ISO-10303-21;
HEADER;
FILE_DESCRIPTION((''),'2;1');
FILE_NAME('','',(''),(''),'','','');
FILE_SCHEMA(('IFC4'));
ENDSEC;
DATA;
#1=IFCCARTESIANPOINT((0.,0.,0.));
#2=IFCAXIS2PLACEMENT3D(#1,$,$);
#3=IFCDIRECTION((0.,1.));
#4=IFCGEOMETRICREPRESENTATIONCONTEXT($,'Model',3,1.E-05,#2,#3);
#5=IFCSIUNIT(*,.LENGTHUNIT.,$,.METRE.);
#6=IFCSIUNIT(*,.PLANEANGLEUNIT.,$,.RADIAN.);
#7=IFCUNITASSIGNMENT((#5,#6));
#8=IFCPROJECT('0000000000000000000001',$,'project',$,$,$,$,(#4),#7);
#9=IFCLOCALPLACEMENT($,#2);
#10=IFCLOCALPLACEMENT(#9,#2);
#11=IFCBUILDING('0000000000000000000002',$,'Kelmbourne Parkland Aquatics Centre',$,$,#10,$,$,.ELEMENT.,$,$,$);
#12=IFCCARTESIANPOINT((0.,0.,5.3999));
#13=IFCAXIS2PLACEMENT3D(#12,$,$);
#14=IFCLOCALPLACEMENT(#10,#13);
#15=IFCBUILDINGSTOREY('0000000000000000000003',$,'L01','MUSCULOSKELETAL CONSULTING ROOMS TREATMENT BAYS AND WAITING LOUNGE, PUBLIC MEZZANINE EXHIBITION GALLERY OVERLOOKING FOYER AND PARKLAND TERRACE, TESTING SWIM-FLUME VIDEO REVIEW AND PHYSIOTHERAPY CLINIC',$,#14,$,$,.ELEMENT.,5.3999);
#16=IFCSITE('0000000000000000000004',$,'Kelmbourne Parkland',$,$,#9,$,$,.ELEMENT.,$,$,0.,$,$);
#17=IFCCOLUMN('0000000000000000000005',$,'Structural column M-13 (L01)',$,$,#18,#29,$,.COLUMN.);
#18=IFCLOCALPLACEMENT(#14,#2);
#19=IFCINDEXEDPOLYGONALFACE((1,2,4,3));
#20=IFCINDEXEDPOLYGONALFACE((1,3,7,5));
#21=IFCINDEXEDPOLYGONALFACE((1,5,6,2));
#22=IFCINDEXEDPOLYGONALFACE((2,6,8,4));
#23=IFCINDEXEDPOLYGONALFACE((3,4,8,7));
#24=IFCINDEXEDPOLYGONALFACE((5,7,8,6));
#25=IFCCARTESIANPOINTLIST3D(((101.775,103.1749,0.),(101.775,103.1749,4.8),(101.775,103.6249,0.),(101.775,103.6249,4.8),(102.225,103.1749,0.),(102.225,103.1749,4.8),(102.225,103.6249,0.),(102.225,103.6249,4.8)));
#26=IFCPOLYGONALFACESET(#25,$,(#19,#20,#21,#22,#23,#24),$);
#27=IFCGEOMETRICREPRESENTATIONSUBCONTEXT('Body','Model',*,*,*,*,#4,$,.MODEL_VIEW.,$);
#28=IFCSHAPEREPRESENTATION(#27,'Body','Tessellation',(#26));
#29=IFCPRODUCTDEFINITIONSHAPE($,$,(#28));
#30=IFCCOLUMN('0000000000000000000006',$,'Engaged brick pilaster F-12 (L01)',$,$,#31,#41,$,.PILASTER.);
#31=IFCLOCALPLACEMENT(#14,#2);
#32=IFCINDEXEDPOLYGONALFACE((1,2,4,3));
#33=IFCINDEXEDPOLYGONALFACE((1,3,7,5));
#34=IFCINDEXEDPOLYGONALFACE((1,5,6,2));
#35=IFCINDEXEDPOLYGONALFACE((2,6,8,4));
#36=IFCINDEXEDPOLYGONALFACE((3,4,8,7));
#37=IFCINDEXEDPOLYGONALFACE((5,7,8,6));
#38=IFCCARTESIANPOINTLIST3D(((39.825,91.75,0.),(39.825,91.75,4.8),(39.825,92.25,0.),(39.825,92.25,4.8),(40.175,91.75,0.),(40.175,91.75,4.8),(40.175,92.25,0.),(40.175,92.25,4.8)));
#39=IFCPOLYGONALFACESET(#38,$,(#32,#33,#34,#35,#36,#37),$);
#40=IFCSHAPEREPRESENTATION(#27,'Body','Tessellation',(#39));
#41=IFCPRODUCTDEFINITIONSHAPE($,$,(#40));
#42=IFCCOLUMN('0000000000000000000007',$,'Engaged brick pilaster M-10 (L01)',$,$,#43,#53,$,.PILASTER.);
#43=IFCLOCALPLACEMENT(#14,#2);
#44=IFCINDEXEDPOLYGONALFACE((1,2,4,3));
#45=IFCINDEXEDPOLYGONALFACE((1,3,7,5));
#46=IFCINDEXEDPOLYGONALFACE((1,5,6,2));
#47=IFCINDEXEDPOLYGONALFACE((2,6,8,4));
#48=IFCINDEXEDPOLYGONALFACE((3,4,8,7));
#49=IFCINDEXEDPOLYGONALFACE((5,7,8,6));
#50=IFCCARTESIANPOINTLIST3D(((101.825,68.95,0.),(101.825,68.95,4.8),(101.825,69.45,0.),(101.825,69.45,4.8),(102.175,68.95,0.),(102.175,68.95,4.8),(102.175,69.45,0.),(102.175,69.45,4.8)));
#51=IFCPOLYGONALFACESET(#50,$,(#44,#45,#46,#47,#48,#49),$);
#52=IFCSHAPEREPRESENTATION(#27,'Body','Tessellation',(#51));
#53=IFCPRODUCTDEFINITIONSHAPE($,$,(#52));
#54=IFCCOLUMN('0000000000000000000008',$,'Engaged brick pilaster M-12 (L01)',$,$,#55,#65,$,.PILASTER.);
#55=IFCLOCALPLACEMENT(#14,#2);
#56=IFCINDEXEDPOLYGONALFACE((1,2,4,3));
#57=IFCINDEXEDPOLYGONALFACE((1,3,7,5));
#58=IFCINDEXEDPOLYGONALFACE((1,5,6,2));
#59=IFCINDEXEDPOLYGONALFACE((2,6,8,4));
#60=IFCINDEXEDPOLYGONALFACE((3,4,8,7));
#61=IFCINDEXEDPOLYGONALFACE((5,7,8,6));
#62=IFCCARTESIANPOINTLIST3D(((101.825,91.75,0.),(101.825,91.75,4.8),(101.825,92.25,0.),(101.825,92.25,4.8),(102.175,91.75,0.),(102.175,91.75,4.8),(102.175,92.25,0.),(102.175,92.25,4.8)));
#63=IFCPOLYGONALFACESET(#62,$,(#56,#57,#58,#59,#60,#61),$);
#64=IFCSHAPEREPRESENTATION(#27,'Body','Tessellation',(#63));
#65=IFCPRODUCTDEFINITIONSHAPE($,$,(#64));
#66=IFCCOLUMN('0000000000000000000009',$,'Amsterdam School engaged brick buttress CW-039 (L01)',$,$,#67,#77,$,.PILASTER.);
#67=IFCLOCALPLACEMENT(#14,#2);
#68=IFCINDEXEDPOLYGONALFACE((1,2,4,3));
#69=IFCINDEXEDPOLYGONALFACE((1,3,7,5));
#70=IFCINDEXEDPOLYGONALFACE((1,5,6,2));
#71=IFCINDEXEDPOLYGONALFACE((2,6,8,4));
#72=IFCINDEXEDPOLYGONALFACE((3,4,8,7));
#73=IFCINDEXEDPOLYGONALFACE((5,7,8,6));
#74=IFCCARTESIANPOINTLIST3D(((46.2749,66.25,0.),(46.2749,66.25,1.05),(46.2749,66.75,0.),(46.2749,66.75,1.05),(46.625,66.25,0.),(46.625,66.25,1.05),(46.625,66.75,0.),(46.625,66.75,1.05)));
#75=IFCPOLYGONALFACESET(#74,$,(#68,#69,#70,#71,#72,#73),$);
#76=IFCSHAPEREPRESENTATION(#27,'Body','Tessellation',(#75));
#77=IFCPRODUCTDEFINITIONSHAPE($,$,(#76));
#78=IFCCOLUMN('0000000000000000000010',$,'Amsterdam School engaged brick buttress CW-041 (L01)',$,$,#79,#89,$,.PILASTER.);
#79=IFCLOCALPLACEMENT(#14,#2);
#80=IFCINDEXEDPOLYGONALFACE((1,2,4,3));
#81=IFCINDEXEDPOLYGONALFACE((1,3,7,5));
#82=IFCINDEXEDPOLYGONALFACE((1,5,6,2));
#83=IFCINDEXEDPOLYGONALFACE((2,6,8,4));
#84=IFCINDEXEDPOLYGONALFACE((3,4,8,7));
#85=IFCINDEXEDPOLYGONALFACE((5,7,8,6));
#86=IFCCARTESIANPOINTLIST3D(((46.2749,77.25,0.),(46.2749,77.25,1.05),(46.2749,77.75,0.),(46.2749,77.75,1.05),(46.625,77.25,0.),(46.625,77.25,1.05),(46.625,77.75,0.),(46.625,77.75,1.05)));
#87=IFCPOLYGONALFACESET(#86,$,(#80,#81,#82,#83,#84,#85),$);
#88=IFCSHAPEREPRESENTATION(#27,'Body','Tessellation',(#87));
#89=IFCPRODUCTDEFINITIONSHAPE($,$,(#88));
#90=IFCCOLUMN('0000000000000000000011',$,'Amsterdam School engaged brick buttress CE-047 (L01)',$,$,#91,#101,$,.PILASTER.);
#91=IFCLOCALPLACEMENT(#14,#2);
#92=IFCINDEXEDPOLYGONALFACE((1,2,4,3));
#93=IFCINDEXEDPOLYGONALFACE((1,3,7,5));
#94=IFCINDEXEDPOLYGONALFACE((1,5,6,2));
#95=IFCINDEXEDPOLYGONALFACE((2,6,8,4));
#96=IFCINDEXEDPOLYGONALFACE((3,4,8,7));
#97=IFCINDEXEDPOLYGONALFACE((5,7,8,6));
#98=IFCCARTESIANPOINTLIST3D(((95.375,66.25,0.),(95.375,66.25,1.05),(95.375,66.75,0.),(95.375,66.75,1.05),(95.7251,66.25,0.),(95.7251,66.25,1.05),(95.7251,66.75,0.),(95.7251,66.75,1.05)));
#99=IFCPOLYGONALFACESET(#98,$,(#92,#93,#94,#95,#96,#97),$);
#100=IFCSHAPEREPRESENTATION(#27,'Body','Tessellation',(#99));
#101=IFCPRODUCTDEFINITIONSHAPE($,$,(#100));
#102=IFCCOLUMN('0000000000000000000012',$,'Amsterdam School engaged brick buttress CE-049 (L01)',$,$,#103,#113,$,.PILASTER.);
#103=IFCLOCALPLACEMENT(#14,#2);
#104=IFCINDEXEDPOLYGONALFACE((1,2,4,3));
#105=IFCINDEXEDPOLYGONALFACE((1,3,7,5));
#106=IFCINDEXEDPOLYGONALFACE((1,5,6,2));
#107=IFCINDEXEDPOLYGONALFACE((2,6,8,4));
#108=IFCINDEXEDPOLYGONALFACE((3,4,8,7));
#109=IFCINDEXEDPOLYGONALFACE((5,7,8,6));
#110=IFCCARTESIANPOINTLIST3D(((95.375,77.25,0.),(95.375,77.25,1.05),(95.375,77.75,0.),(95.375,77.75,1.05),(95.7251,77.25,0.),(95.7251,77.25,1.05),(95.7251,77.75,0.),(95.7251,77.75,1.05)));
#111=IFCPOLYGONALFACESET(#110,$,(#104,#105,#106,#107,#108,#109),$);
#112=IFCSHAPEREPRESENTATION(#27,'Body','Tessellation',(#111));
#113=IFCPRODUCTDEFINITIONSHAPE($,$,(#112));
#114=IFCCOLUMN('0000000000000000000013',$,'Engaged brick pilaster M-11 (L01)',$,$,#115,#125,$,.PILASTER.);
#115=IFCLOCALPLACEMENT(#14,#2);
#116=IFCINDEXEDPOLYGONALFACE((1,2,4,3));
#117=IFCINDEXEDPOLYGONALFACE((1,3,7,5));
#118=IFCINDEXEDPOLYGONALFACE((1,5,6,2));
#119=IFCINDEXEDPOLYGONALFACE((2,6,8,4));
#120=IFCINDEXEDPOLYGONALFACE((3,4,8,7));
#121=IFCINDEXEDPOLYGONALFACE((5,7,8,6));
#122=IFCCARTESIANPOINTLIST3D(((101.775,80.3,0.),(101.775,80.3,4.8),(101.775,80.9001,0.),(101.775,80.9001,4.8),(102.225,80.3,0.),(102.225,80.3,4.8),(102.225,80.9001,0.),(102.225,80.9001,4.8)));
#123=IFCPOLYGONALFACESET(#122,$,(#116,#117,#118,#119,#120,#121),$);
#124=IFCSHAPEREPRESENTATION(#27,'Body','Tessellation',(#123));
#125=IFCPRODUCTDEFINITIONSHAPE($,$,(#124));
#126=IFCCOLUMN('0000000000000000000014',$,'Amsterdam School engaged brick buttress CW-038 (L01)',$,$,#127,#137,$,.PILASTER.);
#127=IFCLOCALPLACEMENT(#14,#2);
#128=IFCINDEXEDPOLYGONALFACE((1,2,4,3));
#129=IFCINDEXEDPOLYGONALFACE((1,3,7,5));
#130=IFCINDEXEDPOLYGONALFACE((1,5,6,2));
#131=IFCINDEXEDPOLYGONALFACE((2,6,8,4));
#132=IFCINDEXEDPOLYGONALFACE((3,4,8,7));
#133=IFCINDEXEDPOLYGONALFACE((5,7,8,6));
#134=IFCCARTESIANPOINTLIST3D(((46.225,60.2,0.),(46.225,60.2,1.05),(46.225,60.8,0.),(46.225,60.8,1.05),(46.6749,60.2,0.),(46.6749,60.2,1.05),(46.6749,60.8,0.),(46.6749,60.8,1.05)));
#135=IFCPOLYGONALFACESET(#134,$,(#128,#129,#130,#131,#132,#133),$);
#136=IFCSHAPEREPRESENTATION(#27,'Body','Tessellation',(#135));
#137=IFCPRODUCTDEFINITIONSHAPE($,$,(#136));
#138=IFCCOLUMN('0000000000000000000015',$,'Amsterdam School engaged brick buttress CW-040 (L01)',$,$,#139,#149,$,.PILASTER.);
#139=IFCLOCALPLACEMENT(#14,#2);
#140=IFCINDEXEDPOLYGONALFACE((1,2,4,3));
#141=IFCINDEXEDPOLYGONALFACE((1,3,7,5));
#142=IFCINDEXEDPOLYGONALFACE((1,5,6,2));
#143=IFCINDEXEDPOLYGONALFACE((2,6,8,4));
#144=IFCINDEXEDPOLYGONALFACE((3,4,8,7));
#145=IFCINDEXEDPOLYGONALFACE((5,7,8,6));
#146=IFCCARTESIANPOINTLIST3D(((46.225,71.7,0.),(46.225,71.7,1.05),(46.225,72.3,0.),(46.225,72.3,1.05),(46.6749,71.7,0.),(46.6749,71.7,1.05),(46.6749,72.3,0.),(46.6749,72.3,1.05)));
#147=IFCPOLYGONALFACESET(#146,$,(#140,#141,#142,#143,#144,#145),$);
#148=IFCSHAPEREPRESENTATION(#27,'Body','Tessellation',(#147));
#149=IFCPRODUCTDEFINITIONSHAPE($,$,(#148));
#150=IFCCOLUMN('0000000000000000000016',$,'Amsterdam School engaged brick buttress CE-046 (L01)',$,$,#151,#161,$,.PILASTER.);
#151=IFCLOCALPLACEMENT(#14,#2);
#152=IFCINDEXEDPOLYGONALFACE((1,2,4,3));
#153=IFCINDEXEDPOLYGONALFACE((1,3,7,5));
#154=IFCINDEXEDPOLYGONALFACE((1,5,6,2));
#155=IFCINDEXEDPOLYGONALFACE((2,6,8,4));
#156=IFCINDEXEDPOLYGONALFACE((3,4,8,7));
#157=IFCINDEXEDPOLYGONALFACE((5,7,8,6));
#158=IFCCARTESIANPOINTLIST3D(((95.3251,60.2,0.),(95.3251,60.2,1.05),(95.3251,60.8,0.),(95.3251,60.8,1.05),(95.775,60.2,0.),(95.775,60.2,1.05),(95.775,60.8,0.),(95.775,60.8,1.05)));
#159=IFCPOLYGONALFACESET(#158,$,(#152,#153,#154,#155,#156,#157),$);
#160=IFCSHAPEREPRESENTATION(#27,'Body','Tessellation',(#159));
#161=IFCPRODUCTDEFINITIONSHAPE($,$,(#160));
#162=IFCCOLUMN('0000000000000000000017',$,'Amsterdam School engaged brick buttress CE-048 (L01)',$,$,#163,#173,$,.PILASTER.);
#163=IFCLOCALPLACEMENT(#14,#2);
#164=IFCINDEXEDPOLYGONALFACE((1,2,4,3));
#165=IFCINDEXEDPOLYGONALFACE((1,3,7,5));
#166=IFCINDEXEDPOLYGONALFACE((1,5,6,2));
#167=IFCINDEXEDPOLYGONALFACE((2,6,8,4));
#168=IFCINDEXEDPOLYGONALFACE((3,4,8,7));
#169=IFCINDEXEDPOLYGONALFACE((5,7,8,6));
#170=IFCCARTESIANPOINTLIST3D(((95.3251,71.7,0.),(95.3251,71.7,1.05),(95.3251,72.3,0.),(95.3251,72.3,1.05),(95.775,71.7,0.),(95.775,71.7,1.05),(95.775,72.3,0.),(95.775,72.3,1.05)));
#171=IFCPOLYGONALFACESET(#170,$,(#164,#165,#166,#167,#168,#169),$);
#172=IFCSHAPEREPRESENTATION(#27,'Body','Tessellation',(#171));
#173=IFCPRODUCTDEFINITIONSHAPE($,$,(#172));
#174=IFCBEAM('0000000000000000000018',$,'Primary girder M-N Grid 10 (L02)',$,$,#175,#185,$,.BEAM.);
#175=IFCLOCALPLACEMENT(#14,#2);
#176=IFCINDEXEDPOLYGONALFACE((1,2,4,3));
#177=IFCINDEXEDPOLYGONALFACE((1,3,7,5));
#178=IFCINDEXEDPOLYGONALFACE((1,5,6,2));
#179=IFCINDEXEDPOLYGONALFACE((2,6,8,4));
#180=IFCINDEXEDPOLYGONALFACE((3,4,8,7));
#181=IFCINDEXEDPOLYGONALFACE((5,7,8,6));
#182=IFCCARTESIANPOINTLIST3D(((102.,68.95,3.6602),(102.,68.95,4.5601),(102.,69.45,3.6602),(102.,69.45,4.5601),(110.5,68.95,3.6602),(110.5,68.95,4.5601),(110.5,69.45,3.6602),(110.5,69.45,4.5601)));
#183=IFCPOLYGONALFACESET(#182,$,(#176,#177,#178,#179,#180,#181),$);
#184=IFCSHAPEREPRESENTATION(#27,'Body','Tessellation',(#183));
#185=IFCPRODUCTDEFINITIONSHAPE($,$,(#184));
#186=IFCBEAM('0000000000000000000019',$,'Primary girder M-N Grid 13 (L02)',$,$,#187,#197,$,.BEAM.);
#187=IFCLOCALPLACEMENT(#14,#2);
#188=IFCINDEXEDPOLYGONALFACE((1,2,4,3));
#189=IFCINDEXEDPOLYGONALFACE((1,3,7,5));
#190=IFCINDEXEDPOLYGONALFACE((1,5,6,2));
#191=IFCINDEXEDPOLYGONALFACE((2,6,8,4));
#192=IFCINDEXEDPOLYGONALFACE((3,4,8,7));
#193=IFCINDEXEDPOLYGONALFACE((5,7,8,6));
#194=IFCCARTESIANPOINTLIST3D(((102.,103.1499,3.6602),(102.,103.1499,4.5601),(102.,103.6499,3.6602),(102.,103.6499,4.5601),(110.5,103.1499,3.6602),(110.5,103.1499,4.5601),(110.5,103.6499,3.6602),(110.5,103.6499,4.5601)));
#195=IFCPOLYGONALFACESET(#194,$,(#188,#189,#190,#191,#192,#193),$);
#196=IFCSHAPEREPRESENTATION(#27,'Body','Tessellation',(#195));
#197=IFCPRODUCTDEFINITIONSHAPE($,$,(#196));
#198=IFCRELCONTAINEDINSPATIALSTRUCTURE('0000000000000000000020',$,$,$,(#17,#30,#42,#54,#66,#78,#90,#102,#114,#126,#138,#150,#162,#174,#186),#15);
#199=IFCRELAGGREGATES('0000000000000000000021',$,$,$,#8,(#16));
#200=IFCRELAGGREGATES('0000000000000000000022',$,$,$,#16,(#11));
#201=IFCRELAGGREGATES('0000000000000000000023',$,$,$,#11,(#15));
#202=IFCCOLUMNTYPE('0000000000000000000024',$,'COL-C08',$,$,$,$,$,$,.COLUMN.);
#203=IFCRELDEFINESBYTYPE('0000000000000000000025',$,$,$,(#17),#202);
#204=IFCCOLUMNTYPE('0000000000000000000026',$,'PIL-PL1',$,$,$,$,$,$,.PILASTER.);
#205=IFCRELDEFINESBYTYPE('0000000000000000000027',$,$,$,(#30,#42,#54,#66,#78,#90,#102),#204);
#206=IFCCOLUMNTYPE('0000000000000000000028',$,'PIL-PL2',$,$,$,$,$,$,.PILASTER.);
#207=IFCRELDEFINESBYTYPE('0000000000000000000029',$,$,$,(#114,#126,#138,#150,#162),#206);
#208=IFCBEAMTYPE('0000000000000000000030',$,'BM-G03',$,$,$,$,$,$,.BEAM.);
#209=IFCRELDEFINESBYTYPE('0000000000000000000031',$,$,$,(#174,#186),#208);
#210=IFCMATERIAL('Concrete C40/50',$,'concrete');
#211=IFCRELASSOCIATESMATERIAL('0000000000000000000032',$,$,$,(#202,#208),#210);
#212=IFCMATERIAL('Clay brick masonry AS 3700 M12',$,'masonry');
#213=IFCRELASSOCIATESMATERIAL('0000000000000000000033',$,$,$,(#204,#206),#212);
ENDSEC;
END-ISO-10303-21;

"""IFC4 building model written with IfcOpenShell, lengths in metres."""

from ifc_helpers import new_model, si_unit, direction, frame, origin, origin_2d, place, context, subcontext, project, spatial, rectangle, extrude, material, material_profile, profile_set, type_object, element, save


model = new_model("IFC4")

# Units and contexts
model_context = context("Model", 3, precision=1e-05, world=origin(), true_north=direction((0.0, 1.0)))
body_context = subcontext(model_context, "Body", "Model", "MODEL_VIEW")
ifc_project = project(units=[si_unit("LENGTHUNIT", "METRE"), si_unit("PLANEANGLEUNIT", "RADIAN")], contexts=[model_context])

# Site, building, storey
site_placement = place(None, origin())
site = spatial("IfcSite", under=ifc_project, at=site_placement, Name="Kelmbourne Parkland", CompositionType="ELEMENT", RefElevation=0.0)
building_placement = place(site_placement, origin())
building = spatial("IfcBuilding", under=site, at=building_placement, Name="Kelmbourne Parkland Aquatics Centre", CompositionType="ELEMENT")
storey_placement = place(building_placement, frame((0.0, 0.0, 5.3999)))
storey = spatial("IfcBuildingStorey", under=building, at=storey_placement, Name="L01", Description="MUSCULOSKELETAL CONSULTING ROOMS TREATMENT BAYS AND WAITING LOUNGE, PUBLIC MEZZANINE EXHIBITION GALLERY OVERLOOKING FOYER AND PARKLAND TERRACE, TESTING SWIM-FLUME VIDEO REVIEW AND PHYSIOTHERAPY CLINIC", CompositionType="ELEMENT", Elevation=5.3999)

# Columns
ifc_material_1 = material(Name="Concrete C40/50", Category="concrete")
ifc_material_profile_1 = material_profile(ifc_material_1, rectangle(XDim=0.45, YDim=0.45, at=origin_2d()), Name="RC 450x450")
ifc_profile_set_1 = profile_set([ifc_material_profile_1], Name="Concrete C40/50")
column_type_1 = type_object("IfcColumnType", Name="COL-C08", PredefinedType="COLUMN", material=ifc_profile_set_1)
column_1_placement = place(storey_placement, frame((102.0, 103.3999, 0.0), z_axis=(0.0, 0.0, 1.0), x_axis=(1.0, 0.0, 0.0)))
element("IfcColumn", 1, at=column_1_placement, inside=storey, type_object=column_type_1, Name="Structural column M-13 (L01)", PredefinedType="COLUMN", context=body_context, shape_type="SweptSolid", body=[
    extrude(rectangle(XDim=0.45, YDim=0.45, at=origin_2d()), origin(), (0.0, 0.0, 1.0), 4.8),
])
ifc_material_2 = material(Name="Clay brick masonry AS 3700 M12", Category="masonry")
ifc_material_profile_2 = material_profile(ifc_material_2, rectangle(XDim=0.3501, YDim=0.5, at=origin_2d()), Name="PIL 350x500")
ifc_profile_set_2 = profile_set([ifc_material_profile_2], Name="Clay brick masonry AS 3700 M12")
column_type_2 = type_object("IfcColumnType", Name="PIL-PL1", PredefinedType="PILASTER", material=ifc_profile_set_2)
for number, where, z_axis, x_axis, name in (
    (2, (40.0, 92.0, 0.0), (0.0, 0.0, 1.0), (1.0, 0.0, 0.0), "Engaged brick pilaster F-12 (L01)"),
    (3, (102.0, 69.2, 0.0), (0.0, 0.0, 1.0), (1.0, 0.0, 0.0), "Engaged brick pilaster M-10 (L01)"),
    (4, (102.0, 92.0, 0.0), (0.0, 0.0, 1.0), (1.0, 0.0, 0.0), "Engaged brick pilaster M-12 (L01)"),
):
    element("IfcColumn", number, at=place(storey_placement, frame(where, z_axis=z_axis, x_axis=x_axis)), inside=storey, type_object=column_type_2, Name=name, PredefinedType="PILASTER", context=body_context, shape_type="SweptSolid", body=[
        extrude(rectangle(XDim=0.3501, YDim=0.5, at=origin_2d()), origin(), (0.0, 0.0, 1.0), 4.8),
    ])
for number, where, z_axis, x_axis, name in (
    (5, (46.45, 66.5, 0.0), (0.0, 0.0, 1.0), (1.0, 0.0, 0.0), "Amsterdam School engaged brick buttress CW-039 (L01)"),
    (6, (46.45, 77.5, 0.0), (0.0, 0.0, 1.0), (1.0, 0.0, 0.0), "Amsterdam School engaged brick buttress CW-041 (L01)"),
    (7, (95.55, 66.5, 0.0), (0.0, 0.0, 1.0), (1.0, 0.0, 0.0), "Amsterdam School engaged brick buttress CE-047 (L01)"),
    (8, (95.55, 77.5, 0.0), (0.0, 0.0, 1.0), (1.0, 0.0, 0.0), "Amsterdam School engaged brick buttress CE-049 (L01)"),
):
    element("IfcColumn", number, at=place(storey_placement, frame(where, z_axis=z_axis, x_axis=x_axis)), inside=storey, type_object=column_type_2, Name=name, PredefinedType="PILASTER", context=body_context, shape_type="SweptSolid", body=[
        extrude(rectangle(XDim=0.3501, YDim=0.5, at=origin_2d()), origin(), (0.0, 0.0, 1.0), 1.05),
    ])
ifc_material_profile_3 = material_profile(ifc_material_2, rectangle(XDim=0.45, YDim=0.6001, at=origin_2d()), Name="PIL 450x600")
ifc_profile_set_3 = profile_set([ifc_material_profile_3], Name="Clay brick masonry AS 3700 M12")
column_type_3 = type_object("IfcColumnType", Name="PIL-PL2", PredefinedType="PILASTER", material=ifc_profile_set_3)
column_2_placement = place(storey_placement, frame((102.0, 80.6001, 0.0), z_axis=(0.0, 0.0, 1.0), x_axis=(1.0, 0.0, 0.0)))
element("IfcColumn", 9, at=column_2_placement, inside=storey, type_object=column_type_3, Name="Engaged brick pilaster M-11 (L01)", PredefinedType="PILASTER", context=body_context, shape_type="SweptSolid", body=[
    extrude(rectangle(XDim=0.45, YDim=0.6001, at=origin_2d()), origin(), (0.0, 0.0, 1.0), 4.8),
])
for number, where, z_axis, x_axis, name in (
    (10, (46.45, 60.5, 0.0), (0.0, 0.0, 1.0), (1.0, 0.0, 0.0), "Amsterdam School engaged brick buttress CW-038 (L01)"),
    (11, (46.45, 72.0, 0.0), (0.0, 0.0, 1.0), (1.0, 0.0, 0.0), "Amsterdam School engaged brick buttress CW-040 (L01)"),
    (12, (95.55, 60.5, 0.0), (0.0, 0.0, 1.0), (1.0, 0.0, 0.0), "Amsterdam School engaged brick buttress CE-046 (L01)"),
    (13, (95.55, 72.0, 0.0), (0.0, 0.0, 1.0), (1.0, 0.0, 0.0), "Amsterdam School engaged brick buttress CE-048 (L01)"),
):
    element("IfcColumn", number, at=place(storey_placement, frame(where, z_axis=z_axis, x_axis=x_axis)), inside=storey, type_object=column_type_3, Name=name, PredefinedType="PILASTER", context=body_context, shape_type="SweptSolid", body=[
        extrude(rectangle(XDim=0.45, YDim=0.6001, at=origin_2d()), origin(), (0.0, 0.0, 1.0), 1.05),
    ])

# Beams
ifc_material_profile_4 = material_profile(ifc_material_1, rectangle(XDim=0.5, YDim=0.8999, at=origin_2d()), Name="RC 500x900")
ifc_profile_set_4 = profile_set([ifc_material_profile_4], Name="Concrete C40/50")
beam_type_1 = type_object("IfcBeamType", Name="BM-G03", PredefinedType="BEAM", material=ifc_profile_set_4)
for number, where, z_axis, x_axis, name in (
    (14, (102.0, 69.2, 4.1101), (1.0, 0.0, 0.0), (0.0, 1.0, 0.0), "Primary girder M-N Grid 10 (L02)"),
    (15, (102.0, 103.3999, 4.1101), (1.0, 0.0, 0.0), (0.0, 1.0, 0.0), "Primary girder M-N Grid 13 (L02)"),
):
    element("IfcBeam", number, at=place(storey_placement, frame(where, z_axis=z_axis, x_axis=x_axis)), inside=storey, type_object=beam_type_1, Name=name, PredefinedType="BEAM", context=body_context, shape_type="SweptSolid", body=[
        extrude(rectangle(XDim=0.5, YDim=0.8999, at=origin_2d()), origin(), (0.0, 0.0, 1.0), 8.5),
    ])

save(model, "model.ifc")
